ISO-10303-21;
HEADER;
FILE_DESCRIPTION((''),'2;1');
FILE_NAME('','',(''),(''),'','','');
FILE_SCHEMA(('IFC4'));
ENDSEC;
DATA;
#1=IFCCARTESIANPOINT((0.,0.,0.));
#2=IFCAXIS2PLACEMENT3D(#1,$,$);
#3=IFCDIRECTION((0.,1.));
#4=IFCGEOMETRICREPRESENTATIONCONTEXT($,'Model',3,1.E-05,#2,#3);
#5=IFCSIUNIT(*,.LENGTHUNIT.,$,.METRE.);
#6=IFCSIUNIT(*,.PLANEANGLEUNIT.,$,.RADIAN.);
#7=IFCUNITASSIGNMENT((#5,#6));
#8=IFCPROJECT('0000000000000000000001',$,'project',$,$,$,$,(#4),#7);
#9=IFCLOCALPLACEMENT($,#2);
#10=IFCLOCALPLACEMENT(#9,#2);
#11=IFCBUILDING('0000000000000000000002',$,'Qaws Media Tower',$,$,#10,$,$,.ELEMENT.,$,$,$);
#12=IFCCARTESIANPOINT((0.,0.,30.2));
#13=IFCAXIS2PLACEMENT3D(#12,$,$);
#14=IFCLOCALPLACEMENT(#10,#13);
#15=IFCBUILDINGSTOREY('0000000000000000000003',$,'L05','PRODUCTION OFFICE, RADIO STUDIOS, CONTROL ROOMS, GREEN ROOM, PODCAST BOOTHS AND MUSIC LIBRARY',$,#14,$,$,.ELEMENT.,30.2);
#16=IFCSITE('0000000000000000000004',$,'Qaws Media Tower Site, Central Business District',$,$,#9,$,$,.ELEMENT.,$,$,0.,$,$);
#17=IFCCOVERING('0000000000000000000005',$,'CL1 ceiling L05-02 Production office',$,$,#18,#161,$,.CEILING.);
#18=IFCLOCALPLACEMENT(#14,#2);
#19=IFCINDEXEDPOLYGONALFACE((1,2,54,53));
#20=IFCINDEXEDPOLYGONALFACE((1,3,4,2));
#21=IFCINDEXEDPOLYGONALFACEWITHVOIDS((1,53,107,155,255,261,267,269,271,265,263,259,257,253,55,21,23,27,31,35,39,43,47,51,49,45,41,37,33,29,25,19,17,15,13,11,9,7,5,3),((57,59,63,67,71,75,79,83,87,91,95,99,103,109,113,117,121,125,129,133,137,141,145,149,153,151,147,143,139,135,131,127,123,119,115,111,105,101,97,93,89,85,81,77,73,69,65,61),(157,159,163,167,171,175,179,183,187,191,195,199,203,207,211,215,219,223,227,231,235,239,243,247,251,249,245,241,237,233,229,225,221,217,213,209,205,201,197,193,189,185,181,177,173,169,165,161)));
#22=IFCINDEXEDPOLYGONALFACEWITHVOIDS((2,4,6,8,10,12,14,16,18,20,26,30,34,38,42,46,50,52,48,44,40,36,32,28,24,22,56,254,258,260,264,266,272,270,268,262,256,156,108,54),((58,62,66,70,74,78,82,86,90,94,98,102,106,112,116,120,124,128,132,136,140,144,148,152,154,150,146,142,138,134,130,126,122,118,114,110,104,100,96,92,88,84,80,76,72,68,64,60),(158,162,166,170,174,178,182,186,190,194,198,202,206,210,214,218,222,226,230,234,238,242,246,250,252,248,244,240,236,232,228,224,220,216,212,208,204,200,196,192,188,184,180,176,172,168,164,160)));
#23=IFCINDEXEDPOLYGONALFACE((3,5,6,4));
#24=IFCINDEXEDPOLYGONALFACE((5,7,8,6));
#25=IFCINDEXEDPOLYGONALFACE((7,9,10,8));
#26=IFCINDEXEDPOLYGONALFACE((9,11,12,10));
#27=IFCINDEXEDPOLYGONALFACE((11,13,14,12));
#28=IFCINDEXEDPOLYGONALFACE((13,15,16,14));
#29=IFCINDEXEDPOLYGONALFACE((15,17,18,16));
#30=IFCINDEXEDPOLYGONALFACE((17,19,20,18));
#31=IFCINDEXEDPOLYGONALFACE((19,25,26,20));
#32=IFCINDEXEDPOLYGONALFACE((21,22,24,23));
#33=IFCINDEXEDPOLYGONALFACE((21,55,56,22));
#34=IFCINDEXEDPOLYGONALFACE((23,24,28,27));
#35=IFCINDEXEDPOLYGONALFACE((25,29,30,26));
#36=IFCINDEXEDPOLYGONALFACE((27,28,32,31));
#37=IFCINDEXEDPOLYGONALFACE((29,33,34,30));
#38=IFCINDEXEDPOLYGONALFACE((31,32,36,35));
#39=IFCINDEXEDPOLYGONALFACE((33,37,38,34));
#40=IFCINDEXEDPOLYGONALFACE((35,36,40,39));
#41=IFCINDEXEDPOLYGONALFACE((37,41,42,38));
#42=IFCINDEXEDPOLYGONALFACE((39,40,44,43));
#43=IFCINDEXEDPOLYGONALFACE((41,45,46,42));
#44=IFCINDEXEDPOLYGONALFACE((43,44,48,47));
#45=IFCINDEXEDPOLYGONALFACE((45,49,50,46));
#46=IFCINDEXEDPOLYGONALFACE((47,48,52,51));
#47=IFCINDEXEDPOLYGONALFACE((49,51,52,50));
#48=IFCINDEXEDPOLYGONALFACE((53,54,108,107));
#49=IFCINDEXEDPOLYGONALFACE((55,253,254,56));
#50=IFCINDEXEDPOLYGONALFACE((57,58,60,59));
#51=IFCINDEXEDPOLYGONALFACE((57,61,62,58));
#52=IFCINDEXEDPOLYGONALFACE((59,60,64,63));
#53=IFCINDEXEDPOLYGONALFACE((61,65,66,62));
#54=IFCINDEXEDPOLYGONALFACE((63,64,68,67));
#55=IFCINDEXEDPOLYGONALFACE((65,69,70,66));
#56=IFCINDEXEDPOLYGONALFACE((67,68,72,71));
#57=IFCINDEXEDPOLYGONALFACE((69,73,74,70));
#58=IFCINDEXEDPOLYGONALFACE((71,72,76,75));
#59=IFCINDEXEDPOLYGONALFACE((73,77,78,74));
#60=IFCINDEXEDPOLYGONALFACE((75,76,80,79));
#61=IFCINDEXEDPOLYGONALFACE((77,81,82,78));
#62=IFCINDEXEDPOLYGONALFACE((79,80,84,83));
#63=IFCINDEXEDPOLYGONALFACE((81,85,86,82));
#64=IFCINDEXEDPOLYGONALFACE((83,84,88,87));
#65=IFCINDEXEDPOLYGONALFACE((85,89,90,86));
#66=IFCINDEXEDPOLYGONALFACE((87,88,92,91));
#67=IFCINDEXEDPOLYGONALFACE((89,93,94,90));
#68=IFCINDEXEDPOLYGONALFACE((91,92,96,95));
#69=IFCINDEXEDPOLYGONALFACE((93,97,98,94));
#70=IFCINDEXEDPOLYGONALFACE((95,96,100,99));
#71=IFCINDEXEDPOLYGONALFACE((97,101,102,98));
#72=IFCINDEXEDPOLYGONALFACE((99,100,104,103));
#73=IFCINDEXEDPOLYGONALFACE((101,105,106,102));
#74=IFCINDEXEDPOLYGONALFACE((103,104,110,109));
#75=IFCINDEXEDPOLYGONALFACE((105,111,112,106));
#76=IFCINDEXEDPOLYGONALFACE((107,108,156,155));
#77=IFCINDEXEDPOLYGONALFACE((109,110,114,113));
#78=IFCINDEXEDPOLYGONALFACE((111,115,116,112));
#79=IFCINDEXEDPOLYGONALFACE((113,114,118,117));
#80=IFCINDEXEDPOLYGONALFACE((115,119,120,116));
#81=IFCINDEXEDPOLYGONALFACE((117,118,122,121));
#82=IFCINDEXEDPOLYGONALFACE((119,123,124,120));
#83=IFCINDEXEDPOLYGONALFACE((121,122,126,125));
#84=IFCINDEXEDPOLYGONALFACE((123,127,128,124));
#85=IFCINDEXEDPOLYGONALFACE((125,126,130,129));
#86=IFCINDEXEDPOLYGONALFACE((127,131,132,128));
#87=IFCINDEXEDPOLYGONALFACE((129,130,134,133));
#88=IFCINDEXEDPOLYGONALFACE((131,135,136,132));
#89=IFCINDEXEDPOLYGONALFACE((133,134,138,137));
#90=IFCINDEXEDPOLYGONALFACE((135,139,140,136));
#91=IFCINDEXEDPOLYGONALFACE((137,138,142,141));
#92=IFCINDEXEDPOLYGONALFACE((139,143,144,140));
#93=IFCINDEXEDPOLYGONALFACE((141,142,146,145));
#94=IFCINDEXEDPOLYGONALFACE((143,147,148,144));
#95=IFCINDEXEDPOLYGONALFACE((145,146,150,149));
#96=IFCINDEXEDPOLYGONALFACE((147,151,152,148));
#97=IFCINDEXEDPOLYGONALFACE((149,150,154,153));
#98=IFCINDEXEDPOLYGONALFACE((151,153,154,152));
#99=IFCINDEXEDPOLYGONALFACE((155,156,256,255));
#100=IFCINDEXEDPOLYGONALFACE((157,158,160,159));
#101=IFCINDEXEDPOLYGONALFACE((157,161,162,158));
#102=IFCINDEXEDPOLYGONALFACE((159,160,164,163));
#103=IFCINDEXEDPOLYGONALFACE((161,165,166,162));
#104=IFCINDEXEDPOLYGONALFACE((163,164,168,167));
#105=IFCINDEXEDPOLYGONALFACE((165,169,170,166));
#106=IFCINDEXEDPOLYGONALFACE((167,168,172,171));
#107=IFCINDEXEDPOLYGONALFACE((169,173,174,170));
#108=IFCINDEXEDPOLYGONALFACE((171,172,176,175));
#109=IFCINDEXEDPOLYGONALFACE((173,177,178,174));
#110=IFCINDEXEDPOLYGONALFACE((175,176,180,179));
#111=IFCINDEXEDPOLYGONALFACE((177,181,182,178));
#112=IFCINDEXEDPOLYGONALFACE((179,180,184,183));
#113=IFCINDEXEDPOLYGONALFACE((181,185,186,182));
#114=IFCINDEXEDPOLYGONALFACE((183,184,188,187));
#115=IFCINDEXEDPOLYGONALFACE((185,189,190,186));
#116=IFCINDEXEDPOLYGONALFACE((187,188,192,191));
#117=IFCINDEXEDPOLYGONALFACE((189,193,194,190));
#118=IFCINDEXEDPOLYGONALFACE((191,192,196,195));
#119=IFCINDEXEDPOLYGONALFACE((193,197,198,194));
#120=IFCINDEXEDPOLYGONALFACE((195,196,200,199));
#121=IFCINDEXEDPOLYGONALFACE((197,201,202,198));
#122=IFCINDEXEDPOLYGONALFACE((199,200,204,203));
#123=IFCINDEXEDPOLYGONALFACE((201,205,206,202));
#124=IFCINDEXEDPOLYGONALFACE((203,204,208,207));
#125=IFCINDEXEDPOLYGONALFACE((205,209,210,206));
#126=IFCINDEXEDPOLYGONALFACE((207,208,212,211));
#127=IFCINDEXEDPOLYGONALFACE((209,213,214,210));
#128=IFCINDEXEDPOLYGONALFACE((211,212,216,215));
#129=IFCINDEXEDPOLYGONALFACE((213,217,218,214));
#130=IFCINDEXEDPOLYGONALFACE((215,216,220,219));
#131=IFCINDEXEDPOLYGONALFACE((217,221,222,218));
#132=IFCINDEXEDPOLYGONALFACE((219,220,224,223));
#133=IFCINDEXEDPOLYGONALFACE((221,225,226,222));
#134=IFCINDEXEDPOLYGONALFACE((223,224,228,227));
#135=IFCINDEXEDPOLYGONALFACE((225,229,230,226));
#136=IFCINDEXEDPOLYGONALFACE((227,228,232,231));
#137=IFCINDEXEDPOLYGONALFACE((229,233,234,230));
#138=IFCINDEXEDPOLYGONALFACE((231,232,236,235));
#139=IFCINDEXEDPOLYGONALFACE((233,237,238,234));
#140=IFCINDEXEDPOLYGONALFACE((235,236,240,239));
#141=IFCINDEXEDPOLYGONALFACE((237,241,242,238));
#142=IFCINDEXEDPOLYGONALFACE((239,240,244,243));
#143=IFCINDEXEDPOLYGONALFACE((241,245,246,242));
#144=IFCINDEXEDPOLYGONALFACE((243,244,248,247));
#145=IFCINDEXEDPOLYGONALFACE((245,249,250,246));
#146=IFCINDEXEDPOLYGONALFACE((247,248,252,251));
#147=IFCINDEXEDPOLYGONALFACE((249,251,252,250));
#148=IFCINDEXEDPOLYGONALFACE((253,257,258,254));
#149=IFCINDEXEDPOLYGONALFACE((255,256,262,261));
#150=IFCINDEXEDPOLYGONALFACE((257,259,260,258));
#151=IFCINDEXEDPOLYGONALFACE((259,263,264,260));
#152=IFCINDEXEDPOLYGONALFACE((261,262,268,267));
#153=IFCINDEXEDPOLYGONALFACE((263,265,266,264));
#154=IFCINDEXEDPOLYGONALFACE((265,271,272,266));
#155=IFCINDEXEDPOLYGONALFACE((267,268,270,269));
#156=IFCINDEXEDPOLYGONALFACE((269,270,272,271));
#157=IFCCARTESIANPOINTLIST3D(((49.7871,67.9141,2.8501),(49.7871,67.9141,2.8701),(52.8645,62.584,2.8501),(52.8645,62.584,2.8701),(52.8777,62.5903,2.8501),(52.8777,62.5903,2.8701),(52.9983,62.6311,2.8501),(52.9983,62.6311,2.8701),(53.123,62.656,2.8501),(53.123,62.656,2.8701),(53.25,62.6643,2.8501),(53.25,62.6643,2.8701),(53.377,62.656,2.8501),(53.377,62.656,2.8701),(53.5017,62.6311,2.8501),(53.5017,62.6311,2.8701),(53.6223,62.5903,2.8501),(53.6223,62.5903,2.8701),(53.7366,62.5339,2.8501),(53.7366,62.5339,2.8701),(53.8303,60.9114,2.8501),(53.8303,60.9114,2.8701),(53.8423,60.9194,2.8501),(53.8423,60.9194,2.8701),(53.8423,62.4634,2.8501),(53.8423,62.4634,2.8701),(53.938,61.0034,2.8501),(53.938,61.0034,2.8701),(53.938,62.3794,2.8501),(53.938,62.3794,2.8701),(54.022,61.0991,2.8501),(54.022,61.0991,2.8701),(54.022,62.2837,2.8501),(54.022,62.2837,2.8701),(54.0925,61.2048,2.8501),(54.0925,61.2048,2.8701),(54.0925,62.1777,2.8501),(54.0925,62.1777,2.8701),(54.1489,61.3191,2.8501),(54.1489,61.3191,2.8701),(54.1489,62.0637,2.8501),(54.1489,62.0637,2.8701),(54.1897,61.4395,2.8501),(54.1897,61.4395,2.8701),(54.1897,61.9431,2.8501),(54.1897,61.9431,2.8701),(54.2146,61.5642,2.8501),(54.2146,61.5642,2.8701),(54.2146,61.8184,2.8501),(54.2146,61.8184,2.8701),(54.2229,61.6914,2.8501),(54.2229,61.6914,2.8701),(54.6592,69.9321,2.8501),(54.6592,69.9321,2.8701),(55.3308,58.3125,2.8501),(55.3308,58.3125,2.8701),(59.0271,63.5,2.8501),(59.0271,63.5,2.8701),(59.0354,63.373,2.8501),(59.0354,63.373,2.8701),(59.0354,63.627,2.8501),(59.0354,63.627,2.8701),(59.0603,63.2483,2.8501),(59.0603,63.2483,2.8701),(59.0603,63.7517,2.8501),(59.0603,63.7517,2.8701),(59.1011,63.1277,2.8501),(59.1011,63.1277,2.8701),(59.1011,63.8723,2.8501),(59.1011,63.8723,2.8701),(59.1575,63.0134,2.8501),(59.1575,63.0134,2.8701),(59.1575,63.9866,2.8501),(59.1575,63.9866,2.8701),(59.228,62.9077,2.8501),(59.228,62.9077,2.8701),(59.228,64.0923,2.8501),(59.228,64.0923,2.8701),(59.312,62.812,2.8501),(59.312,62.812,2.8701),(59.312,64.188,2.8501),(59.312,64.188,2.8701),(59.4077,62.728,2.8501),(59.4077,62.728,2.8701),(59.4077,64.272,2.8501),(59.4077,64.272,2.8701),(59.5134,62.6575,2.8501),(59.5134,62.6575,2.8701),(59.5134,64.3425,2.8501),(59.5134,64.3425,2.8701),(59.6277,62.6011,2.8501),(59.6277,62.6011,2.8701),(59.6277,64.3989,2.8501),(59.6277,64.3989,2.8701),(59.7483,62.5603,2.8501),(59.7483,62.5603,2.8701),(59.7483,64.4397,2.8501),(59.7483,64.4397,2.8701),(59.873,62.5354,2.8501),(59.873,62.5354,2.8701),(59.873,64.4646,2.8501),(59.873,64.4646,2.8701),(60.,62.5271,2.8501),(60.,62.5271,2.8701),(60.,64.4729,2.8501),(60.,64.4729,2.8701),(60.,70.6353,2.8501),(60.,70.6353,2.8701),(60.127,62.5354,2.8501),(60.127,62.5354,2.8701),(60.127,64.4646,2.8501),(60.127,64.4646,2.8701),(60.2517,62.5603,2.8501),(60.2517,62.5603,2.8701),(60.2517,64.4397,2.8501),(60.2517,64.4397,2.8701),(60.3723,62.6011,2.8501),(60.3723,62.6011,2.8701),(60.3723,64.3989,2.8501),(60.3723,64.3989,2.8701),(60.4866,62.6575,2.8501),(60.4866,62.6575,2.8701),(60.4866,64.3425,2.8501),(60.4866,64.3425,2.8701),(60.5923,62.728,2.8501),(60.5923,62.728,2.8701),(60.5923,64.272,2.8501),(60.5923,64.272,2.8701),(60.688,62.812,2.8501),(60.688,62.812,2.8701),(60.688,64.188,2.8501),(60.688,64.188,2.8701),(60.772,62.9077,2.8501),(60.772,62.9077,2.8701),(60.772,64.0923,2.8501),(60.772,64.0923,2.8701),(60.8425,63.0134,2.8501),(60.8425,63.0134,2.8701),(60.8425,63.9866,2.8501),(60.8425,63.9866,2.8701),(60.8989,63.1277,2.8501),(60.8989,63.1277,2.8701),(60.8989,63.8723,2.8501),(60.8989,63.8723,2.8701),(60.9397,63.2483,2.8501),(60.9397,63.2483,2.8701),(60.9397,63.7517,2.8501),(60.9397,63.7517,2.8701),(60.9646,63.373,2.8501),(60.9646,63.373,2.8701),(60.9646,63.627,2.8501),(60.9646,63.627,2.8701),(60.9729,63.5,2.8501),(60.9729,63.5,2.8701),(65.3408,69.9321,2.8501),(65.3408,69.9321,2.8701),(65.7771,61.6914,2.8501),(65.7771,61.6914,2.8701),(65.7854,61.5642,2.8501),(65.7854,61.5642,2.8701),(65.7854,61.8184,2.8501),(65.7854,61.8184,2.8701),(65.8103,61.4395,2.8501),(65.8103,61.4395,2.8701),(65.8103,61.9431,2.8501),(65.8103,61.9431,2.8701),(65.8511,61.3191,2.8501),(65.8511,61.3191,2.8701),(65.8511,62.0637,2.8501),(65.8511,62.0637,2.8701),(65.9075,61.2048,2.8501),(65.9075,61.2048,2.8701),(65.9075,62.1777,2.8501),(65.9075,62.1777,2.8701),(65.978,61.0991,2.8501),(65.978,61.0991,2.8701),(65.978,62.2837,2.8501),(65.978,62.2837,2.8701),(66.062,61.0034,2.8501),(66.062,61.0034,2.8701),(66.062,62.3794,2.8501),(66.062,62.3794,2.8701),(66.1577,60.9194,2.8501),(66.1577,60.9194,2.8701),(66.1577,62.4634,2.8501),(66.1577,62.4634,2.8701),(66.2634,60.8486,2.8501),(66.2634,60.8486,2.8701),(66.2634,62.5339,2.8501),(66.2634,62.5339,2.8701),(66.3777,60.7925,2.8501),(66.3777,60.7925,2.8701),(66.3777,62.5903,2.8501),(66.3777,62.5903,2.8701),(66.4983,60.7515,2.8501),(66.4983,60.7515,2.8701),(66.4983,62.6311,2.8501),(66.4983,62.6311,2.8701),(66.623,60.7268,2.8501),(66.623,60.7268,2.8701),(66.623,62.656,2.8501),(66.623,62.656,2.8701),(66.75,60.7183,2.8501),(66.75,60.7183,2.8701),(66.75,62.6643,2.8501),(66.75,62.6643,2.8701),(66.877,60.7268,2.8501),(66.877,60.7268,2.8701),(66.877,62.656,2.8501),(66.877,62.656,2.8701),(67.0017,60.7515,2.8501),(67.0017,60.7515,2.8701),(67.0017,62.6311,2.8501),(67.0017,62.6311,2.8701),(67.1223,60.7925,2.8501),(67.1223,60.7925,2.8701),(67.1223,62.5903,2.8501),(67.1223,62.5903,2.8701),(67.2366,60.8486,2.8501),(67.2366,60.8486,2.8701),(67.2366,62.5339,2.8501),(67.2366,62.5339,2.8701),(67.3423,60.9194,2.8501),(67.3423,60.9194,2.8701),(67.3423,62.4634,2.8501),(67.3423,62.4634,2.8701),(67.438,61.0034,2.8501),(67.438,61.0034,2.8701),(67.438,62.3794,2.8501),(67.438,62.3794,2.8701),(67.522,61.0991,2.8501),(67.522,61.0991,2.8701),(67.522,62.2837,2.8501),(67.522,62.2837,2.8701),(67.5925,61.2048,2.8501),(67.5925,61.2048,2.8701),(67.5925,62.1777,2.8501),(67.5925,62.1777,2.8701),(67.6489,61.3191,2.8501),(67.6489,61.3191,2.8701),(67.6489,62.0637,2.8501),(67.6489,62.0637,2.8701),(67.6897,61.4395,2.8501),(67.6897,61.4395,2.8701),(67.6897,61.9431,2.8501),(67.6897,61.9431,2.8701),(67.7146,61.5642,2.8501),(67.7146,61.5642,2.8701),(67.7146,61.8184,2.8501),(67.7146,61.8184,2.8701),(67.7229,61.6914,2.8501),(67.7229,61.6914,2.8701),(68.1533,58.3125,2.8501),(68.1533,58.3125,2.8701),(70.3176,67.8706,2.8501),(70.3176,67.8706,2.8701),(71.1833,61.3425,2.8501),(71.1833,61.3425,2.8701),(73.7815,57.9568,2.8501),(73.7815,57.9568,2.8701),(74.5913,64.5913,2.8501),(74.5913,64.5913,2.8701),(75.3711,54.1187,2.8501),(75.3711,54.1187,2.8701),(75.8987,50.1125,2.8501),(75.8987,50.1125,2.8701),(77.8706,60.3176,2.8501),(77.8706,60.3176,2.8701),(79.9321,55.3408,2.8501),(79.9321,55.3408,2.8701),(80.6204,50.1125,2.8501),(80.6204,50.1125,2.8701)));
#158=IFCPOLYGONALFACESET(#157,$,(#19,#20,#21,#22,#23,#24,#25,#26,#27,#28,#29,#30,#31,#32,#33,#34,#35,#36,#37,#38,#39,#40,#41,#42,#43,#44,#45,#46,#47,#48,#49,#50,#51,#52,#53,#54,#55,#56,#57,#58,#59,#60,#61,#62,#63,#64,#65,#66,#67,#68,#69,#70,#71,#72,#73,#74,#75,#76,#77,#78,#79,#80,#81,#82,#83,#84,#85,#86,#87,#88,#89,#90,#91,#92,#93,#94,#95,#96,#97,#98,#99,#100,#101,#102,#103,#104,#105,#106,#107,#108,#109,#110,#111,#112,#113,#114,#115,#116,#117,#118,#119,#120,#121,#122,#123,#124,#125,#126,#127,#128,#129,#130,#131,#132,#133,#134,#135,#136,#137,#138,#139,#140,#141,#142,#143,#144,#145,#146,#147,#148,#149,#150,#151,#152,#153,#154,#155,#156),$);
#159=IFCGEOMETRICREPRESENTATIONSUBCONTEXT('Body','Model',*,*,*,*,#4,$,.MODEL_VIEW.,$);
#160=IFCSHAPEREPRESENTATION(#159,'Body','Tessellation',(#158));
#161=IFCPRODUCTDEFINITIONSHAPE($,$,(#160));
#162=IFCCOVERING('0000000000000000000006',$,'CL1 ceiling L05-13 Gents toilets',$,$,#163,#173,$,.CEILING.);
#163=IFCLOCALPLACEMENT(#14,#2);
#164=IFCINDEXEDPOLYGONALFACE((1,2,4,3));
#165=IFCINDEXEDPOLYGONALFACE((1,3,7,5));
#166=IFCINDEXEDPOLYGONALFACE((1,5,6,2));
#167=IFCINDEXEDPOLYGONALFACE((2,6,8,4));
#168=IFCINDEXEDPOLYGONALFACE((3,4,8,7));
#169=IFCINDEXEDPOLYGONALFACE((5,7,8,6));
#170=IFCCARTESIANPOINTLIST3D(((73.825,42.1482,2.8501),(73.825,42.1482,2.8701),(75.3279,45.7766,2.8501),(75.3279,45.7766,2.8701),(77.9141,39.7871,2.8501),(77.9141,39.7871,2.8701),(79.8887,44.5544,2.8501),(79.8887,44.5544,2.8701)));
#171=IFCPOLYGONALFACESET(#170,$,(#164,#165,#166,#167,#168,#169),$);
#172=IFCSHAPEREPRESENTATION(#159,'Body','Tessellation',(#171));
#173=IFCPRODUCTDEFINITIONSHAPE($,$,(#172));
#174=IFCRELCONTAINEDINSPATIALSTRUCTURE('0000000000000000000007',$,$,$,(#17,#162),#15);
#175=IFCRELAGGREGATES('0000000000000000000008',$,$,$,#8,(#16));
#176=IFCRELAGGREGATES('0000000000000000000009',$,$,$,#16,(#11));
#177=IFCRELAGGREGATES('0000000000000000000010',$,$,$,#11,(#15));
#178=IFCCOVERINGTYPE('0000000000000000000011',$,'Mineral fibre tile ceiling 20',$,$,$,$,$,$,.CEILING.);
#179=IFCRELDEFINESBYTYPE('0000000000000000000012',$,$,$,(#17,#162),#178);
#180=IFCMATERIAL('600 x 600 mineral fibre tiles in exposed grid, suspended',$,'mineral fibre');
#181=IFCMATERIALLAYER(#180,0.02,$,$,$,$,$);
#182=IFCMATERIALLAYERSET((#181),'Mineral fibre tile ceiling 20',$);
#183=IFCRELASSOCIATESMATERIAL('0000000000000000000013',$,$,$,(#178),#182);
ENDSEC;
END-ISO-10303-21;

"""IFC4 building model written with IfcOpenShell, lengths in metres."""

from ifc_helpers import new_model, si_unit, direction, frame, origin, place, context, subcontext, project, spatial, polyline, outline, extrude, material, layer, layer_set, type_object, element, save


model = new_model("IFC4")

# Units and contexts
model_context = context("Model", 3, precision=1e-05, world=origin(), true_north=direction((0.0, 1.0)))
body_context = subcontext(model_context, "Body", "Model", "MODEL_VIEW")
ifc_project = project(units=[si_unit("LENGTHUNIT", "METRE"), si_unit("PLANEANGLEUNIT", "RADIAN")], contexts=[model_context])

# Site, building, storey
site_placement = place(None, origin())
site = spatial("IfcSite", under=ifc_project, at=site_placement, Name="Qaws Media Tower Site, Central Business District", CompositionType="ELEMENT", RefElevation=0.0)
building_placement = place(site_placement, origin())
building = spatial("IfcBuilding", under=site, at=building_placement, Name="Qaws Media Tower", CompositionType="ELEMENT")
storey_placement = place(building_placement, frame((0.0, 0.0, 30.2)))
storey = spatial("IfcBuildingStorey", under=building, at=storey_placement, Name="L05", Description="PRODUCTION OFFICE, RADIO STUDIOS, CONTROL ROOMS, GREEN ROOM, PODCAST BOOTHS AND MUSIC LIBRARY", CompositionType="ELEMENT", Elevation=30.2)

# Coverings
ifc_material_1 = material(Name="600 x 600 mineral fibre tiles in exposed grid, suspended", Category="mineral fibre")
ifc_layer_1 = layer(ifc_material_1, 0.02)
ifc_layer_set_1 = layer_set([ifc_layer_1], Name="Mineral fibre tile ceiling 20")
covering_type_1 = type_object("IfcCoveringType", Name="Mineral fibre tile ceiling 20", PredefinedType="CEILING", material=ifc_layer_set_1)
covering_1_placement = place(storey_placement, frame((0.0, 0.0, 2.8501)))
element("IfcCovering", 1, at=covering_1_placement, inside=storey, type_object=covering_type_1, Name="CL1 ceiling L05-02 Production office", PredefinedType="CEILING", context=body_context, shape_type="SweptSolid", body=[
    extrude(outline(polyline([(54.6592, 69.9321), (60.0, 70.6353), (65.3408, 69.9321), (70.3176, 67.8706), (74.5913, 64.5913), (77.8706, 60.3176), (79.9321, 55.3408), (80.6204, 50.1125), (75.8987, 50.1125), (75.3711, 54.1187), (73.7815, 57.9568), (71.1833, 61.3425), (68.1533, 58.3125), (55.3308, 58.3125), (53.8303, 60.9114), (53.8423, 60.9194), (53.938, 61.0034), (54.022, 61.0991), (54.0925, 61.2048), (54.1489, 61.3191), (54.1897, 61.4395), (54.2146, 61.5642), (54.2229, 61.6914), (54.2146, 61.8184), (54.1897, 61.9431), (54.1489, 62.0637), (54.0925, 62.1777), (54.022, 62.2837), (53.938, 62.3794), (53.8423, 62.4634), (53.7366, 62.5339), (53.6223, 62.5903), (53.5017, 62.6311), (53.377, 62.656), (53.25, 62.6643), (53.123, 62.656), (52.9983, 62.6311), (52.8777, 62.5903), (52.8645, 62.584), (49.7871, 67.9141), (54.6592, 69.9321)]), holes=[polyline([(60.8989, 63.1277), (60.9397, 63.2483), (60.9646, 63.373), (60.9729, 63.5), (60.9646, 63.627), (60.9397, 63.7517), (60.8989, 63.8723), (60.8425, 63.9866), (60.772, 64.0923), (60.688, 64.188), (60.5923, 64.272), (60.4866, 64.3425), (60.3723, 64.3989), (60.2517, 64.4397), (60.127, 64.4646), (60.0, 64.4729), (59.873, 64.4646), (59.7483, 64.4397), (59.6277, 64.3989), (59.5134, 64.3425), (59.4077, 64.272), (59.312, 64.188), (59.228, 64.0923), (59.1575, 63.9866), (59.1011, 63.8723), (59.0603, 63.7517), (59.0354, 63.627), (59.0271, 63.5), (59.0354, 63.373), (59.0603, 63.2483), (59.1011, 63.1277), (59.1575, 63.0134), (59.228, 62.9077), (59.312, 62.812), (59.4077, 62.728), (59.5134, 62.6575), (59.6277, 62.6011), (59.7483, 62.5603), (59.873, 62.5354), (60.0, 62.5271), (60.127, 62.5354), (60.2517, 62.5603), (60.3723, 62.6011), (60.4866, 62.6575), (60.5923, 62.728), (60.688, 62.812), (60.772, 62.9077), (60.8425, 63.0134), (60.8989, 63.1277)]), polyline([(67.6489, 61.3191), (67.6897, 61.4395), (67.7146, 61.5642), (67.7229, 61.6914), (67.7146, 61.8184), (67.6897, 61.9431), (67.6489, 62.0637), (67.5925, 62.1777), (67.522, 62.2837), (67.438, 62.3794), (67.3423, 62.4634), (67.2366, 62.5339), (67.1223, 62.5903), (67.0017, 62.6311), (66.877, 62.656), (66.75, 62.6643), (66.623, 62.656), (66.4983, 62.6311), (66.3777, 62.5903), (66.2634, 62.5339), (66.1577, 62.4634), (66.062, 62.3794), (65.978, 62.2837), (65.9075, 62.1777), (65.8511, 62.0637), (65.8103, 61.9431), (65.7854, 61.8184), (65.7771, 61.6914), (65.7854, 61.5642), (65.8103, 61.4395), (65.8511, 61.3191), (65.9075, 61.2048), (65.978, 61.0991), (66.062, 61.0034), (66.1577, 60.9194), (66.2634, 60.8486), (66.3777, 60.7925), (66.4983, 60.7515), (66.623, 60.7268), (66.75, 60.7183), (66.877, 60.7268), (67.0017, 60.7515), (67.1223, 60.7925), (67.2366, 60.8486), (67.3423, 60.9194), (67.438, 61.0034), (67.522, 61.0991), (67.5925, 61.2048), (67.6489, 61.3191)])]), origin(), (0.0, 0.0, 1.0), 0.02),
])
covering_2_placement = place(storey_placement, frame((0.0, 0.0, 2.8501)))
element("IfcCovering", 2, at=covering_2_placement, inside=storey, type_object=covering_type_1, Name="CL1 ceiling L05-13 Gents toilets", PredefinedType="CEILING", context=body_context, shape_type="SweptSolid", body=[
    extrude(outline(polyline([(77.9141, 39.7871), (73.825, 42.1482), (75.3279, 45.7766), (79.8887, 44.5544), (77.9141, 39.7871)])), origin(), (0.0, 0.0, 1.0), 0.02),
])

save(model, "model.ifc")
